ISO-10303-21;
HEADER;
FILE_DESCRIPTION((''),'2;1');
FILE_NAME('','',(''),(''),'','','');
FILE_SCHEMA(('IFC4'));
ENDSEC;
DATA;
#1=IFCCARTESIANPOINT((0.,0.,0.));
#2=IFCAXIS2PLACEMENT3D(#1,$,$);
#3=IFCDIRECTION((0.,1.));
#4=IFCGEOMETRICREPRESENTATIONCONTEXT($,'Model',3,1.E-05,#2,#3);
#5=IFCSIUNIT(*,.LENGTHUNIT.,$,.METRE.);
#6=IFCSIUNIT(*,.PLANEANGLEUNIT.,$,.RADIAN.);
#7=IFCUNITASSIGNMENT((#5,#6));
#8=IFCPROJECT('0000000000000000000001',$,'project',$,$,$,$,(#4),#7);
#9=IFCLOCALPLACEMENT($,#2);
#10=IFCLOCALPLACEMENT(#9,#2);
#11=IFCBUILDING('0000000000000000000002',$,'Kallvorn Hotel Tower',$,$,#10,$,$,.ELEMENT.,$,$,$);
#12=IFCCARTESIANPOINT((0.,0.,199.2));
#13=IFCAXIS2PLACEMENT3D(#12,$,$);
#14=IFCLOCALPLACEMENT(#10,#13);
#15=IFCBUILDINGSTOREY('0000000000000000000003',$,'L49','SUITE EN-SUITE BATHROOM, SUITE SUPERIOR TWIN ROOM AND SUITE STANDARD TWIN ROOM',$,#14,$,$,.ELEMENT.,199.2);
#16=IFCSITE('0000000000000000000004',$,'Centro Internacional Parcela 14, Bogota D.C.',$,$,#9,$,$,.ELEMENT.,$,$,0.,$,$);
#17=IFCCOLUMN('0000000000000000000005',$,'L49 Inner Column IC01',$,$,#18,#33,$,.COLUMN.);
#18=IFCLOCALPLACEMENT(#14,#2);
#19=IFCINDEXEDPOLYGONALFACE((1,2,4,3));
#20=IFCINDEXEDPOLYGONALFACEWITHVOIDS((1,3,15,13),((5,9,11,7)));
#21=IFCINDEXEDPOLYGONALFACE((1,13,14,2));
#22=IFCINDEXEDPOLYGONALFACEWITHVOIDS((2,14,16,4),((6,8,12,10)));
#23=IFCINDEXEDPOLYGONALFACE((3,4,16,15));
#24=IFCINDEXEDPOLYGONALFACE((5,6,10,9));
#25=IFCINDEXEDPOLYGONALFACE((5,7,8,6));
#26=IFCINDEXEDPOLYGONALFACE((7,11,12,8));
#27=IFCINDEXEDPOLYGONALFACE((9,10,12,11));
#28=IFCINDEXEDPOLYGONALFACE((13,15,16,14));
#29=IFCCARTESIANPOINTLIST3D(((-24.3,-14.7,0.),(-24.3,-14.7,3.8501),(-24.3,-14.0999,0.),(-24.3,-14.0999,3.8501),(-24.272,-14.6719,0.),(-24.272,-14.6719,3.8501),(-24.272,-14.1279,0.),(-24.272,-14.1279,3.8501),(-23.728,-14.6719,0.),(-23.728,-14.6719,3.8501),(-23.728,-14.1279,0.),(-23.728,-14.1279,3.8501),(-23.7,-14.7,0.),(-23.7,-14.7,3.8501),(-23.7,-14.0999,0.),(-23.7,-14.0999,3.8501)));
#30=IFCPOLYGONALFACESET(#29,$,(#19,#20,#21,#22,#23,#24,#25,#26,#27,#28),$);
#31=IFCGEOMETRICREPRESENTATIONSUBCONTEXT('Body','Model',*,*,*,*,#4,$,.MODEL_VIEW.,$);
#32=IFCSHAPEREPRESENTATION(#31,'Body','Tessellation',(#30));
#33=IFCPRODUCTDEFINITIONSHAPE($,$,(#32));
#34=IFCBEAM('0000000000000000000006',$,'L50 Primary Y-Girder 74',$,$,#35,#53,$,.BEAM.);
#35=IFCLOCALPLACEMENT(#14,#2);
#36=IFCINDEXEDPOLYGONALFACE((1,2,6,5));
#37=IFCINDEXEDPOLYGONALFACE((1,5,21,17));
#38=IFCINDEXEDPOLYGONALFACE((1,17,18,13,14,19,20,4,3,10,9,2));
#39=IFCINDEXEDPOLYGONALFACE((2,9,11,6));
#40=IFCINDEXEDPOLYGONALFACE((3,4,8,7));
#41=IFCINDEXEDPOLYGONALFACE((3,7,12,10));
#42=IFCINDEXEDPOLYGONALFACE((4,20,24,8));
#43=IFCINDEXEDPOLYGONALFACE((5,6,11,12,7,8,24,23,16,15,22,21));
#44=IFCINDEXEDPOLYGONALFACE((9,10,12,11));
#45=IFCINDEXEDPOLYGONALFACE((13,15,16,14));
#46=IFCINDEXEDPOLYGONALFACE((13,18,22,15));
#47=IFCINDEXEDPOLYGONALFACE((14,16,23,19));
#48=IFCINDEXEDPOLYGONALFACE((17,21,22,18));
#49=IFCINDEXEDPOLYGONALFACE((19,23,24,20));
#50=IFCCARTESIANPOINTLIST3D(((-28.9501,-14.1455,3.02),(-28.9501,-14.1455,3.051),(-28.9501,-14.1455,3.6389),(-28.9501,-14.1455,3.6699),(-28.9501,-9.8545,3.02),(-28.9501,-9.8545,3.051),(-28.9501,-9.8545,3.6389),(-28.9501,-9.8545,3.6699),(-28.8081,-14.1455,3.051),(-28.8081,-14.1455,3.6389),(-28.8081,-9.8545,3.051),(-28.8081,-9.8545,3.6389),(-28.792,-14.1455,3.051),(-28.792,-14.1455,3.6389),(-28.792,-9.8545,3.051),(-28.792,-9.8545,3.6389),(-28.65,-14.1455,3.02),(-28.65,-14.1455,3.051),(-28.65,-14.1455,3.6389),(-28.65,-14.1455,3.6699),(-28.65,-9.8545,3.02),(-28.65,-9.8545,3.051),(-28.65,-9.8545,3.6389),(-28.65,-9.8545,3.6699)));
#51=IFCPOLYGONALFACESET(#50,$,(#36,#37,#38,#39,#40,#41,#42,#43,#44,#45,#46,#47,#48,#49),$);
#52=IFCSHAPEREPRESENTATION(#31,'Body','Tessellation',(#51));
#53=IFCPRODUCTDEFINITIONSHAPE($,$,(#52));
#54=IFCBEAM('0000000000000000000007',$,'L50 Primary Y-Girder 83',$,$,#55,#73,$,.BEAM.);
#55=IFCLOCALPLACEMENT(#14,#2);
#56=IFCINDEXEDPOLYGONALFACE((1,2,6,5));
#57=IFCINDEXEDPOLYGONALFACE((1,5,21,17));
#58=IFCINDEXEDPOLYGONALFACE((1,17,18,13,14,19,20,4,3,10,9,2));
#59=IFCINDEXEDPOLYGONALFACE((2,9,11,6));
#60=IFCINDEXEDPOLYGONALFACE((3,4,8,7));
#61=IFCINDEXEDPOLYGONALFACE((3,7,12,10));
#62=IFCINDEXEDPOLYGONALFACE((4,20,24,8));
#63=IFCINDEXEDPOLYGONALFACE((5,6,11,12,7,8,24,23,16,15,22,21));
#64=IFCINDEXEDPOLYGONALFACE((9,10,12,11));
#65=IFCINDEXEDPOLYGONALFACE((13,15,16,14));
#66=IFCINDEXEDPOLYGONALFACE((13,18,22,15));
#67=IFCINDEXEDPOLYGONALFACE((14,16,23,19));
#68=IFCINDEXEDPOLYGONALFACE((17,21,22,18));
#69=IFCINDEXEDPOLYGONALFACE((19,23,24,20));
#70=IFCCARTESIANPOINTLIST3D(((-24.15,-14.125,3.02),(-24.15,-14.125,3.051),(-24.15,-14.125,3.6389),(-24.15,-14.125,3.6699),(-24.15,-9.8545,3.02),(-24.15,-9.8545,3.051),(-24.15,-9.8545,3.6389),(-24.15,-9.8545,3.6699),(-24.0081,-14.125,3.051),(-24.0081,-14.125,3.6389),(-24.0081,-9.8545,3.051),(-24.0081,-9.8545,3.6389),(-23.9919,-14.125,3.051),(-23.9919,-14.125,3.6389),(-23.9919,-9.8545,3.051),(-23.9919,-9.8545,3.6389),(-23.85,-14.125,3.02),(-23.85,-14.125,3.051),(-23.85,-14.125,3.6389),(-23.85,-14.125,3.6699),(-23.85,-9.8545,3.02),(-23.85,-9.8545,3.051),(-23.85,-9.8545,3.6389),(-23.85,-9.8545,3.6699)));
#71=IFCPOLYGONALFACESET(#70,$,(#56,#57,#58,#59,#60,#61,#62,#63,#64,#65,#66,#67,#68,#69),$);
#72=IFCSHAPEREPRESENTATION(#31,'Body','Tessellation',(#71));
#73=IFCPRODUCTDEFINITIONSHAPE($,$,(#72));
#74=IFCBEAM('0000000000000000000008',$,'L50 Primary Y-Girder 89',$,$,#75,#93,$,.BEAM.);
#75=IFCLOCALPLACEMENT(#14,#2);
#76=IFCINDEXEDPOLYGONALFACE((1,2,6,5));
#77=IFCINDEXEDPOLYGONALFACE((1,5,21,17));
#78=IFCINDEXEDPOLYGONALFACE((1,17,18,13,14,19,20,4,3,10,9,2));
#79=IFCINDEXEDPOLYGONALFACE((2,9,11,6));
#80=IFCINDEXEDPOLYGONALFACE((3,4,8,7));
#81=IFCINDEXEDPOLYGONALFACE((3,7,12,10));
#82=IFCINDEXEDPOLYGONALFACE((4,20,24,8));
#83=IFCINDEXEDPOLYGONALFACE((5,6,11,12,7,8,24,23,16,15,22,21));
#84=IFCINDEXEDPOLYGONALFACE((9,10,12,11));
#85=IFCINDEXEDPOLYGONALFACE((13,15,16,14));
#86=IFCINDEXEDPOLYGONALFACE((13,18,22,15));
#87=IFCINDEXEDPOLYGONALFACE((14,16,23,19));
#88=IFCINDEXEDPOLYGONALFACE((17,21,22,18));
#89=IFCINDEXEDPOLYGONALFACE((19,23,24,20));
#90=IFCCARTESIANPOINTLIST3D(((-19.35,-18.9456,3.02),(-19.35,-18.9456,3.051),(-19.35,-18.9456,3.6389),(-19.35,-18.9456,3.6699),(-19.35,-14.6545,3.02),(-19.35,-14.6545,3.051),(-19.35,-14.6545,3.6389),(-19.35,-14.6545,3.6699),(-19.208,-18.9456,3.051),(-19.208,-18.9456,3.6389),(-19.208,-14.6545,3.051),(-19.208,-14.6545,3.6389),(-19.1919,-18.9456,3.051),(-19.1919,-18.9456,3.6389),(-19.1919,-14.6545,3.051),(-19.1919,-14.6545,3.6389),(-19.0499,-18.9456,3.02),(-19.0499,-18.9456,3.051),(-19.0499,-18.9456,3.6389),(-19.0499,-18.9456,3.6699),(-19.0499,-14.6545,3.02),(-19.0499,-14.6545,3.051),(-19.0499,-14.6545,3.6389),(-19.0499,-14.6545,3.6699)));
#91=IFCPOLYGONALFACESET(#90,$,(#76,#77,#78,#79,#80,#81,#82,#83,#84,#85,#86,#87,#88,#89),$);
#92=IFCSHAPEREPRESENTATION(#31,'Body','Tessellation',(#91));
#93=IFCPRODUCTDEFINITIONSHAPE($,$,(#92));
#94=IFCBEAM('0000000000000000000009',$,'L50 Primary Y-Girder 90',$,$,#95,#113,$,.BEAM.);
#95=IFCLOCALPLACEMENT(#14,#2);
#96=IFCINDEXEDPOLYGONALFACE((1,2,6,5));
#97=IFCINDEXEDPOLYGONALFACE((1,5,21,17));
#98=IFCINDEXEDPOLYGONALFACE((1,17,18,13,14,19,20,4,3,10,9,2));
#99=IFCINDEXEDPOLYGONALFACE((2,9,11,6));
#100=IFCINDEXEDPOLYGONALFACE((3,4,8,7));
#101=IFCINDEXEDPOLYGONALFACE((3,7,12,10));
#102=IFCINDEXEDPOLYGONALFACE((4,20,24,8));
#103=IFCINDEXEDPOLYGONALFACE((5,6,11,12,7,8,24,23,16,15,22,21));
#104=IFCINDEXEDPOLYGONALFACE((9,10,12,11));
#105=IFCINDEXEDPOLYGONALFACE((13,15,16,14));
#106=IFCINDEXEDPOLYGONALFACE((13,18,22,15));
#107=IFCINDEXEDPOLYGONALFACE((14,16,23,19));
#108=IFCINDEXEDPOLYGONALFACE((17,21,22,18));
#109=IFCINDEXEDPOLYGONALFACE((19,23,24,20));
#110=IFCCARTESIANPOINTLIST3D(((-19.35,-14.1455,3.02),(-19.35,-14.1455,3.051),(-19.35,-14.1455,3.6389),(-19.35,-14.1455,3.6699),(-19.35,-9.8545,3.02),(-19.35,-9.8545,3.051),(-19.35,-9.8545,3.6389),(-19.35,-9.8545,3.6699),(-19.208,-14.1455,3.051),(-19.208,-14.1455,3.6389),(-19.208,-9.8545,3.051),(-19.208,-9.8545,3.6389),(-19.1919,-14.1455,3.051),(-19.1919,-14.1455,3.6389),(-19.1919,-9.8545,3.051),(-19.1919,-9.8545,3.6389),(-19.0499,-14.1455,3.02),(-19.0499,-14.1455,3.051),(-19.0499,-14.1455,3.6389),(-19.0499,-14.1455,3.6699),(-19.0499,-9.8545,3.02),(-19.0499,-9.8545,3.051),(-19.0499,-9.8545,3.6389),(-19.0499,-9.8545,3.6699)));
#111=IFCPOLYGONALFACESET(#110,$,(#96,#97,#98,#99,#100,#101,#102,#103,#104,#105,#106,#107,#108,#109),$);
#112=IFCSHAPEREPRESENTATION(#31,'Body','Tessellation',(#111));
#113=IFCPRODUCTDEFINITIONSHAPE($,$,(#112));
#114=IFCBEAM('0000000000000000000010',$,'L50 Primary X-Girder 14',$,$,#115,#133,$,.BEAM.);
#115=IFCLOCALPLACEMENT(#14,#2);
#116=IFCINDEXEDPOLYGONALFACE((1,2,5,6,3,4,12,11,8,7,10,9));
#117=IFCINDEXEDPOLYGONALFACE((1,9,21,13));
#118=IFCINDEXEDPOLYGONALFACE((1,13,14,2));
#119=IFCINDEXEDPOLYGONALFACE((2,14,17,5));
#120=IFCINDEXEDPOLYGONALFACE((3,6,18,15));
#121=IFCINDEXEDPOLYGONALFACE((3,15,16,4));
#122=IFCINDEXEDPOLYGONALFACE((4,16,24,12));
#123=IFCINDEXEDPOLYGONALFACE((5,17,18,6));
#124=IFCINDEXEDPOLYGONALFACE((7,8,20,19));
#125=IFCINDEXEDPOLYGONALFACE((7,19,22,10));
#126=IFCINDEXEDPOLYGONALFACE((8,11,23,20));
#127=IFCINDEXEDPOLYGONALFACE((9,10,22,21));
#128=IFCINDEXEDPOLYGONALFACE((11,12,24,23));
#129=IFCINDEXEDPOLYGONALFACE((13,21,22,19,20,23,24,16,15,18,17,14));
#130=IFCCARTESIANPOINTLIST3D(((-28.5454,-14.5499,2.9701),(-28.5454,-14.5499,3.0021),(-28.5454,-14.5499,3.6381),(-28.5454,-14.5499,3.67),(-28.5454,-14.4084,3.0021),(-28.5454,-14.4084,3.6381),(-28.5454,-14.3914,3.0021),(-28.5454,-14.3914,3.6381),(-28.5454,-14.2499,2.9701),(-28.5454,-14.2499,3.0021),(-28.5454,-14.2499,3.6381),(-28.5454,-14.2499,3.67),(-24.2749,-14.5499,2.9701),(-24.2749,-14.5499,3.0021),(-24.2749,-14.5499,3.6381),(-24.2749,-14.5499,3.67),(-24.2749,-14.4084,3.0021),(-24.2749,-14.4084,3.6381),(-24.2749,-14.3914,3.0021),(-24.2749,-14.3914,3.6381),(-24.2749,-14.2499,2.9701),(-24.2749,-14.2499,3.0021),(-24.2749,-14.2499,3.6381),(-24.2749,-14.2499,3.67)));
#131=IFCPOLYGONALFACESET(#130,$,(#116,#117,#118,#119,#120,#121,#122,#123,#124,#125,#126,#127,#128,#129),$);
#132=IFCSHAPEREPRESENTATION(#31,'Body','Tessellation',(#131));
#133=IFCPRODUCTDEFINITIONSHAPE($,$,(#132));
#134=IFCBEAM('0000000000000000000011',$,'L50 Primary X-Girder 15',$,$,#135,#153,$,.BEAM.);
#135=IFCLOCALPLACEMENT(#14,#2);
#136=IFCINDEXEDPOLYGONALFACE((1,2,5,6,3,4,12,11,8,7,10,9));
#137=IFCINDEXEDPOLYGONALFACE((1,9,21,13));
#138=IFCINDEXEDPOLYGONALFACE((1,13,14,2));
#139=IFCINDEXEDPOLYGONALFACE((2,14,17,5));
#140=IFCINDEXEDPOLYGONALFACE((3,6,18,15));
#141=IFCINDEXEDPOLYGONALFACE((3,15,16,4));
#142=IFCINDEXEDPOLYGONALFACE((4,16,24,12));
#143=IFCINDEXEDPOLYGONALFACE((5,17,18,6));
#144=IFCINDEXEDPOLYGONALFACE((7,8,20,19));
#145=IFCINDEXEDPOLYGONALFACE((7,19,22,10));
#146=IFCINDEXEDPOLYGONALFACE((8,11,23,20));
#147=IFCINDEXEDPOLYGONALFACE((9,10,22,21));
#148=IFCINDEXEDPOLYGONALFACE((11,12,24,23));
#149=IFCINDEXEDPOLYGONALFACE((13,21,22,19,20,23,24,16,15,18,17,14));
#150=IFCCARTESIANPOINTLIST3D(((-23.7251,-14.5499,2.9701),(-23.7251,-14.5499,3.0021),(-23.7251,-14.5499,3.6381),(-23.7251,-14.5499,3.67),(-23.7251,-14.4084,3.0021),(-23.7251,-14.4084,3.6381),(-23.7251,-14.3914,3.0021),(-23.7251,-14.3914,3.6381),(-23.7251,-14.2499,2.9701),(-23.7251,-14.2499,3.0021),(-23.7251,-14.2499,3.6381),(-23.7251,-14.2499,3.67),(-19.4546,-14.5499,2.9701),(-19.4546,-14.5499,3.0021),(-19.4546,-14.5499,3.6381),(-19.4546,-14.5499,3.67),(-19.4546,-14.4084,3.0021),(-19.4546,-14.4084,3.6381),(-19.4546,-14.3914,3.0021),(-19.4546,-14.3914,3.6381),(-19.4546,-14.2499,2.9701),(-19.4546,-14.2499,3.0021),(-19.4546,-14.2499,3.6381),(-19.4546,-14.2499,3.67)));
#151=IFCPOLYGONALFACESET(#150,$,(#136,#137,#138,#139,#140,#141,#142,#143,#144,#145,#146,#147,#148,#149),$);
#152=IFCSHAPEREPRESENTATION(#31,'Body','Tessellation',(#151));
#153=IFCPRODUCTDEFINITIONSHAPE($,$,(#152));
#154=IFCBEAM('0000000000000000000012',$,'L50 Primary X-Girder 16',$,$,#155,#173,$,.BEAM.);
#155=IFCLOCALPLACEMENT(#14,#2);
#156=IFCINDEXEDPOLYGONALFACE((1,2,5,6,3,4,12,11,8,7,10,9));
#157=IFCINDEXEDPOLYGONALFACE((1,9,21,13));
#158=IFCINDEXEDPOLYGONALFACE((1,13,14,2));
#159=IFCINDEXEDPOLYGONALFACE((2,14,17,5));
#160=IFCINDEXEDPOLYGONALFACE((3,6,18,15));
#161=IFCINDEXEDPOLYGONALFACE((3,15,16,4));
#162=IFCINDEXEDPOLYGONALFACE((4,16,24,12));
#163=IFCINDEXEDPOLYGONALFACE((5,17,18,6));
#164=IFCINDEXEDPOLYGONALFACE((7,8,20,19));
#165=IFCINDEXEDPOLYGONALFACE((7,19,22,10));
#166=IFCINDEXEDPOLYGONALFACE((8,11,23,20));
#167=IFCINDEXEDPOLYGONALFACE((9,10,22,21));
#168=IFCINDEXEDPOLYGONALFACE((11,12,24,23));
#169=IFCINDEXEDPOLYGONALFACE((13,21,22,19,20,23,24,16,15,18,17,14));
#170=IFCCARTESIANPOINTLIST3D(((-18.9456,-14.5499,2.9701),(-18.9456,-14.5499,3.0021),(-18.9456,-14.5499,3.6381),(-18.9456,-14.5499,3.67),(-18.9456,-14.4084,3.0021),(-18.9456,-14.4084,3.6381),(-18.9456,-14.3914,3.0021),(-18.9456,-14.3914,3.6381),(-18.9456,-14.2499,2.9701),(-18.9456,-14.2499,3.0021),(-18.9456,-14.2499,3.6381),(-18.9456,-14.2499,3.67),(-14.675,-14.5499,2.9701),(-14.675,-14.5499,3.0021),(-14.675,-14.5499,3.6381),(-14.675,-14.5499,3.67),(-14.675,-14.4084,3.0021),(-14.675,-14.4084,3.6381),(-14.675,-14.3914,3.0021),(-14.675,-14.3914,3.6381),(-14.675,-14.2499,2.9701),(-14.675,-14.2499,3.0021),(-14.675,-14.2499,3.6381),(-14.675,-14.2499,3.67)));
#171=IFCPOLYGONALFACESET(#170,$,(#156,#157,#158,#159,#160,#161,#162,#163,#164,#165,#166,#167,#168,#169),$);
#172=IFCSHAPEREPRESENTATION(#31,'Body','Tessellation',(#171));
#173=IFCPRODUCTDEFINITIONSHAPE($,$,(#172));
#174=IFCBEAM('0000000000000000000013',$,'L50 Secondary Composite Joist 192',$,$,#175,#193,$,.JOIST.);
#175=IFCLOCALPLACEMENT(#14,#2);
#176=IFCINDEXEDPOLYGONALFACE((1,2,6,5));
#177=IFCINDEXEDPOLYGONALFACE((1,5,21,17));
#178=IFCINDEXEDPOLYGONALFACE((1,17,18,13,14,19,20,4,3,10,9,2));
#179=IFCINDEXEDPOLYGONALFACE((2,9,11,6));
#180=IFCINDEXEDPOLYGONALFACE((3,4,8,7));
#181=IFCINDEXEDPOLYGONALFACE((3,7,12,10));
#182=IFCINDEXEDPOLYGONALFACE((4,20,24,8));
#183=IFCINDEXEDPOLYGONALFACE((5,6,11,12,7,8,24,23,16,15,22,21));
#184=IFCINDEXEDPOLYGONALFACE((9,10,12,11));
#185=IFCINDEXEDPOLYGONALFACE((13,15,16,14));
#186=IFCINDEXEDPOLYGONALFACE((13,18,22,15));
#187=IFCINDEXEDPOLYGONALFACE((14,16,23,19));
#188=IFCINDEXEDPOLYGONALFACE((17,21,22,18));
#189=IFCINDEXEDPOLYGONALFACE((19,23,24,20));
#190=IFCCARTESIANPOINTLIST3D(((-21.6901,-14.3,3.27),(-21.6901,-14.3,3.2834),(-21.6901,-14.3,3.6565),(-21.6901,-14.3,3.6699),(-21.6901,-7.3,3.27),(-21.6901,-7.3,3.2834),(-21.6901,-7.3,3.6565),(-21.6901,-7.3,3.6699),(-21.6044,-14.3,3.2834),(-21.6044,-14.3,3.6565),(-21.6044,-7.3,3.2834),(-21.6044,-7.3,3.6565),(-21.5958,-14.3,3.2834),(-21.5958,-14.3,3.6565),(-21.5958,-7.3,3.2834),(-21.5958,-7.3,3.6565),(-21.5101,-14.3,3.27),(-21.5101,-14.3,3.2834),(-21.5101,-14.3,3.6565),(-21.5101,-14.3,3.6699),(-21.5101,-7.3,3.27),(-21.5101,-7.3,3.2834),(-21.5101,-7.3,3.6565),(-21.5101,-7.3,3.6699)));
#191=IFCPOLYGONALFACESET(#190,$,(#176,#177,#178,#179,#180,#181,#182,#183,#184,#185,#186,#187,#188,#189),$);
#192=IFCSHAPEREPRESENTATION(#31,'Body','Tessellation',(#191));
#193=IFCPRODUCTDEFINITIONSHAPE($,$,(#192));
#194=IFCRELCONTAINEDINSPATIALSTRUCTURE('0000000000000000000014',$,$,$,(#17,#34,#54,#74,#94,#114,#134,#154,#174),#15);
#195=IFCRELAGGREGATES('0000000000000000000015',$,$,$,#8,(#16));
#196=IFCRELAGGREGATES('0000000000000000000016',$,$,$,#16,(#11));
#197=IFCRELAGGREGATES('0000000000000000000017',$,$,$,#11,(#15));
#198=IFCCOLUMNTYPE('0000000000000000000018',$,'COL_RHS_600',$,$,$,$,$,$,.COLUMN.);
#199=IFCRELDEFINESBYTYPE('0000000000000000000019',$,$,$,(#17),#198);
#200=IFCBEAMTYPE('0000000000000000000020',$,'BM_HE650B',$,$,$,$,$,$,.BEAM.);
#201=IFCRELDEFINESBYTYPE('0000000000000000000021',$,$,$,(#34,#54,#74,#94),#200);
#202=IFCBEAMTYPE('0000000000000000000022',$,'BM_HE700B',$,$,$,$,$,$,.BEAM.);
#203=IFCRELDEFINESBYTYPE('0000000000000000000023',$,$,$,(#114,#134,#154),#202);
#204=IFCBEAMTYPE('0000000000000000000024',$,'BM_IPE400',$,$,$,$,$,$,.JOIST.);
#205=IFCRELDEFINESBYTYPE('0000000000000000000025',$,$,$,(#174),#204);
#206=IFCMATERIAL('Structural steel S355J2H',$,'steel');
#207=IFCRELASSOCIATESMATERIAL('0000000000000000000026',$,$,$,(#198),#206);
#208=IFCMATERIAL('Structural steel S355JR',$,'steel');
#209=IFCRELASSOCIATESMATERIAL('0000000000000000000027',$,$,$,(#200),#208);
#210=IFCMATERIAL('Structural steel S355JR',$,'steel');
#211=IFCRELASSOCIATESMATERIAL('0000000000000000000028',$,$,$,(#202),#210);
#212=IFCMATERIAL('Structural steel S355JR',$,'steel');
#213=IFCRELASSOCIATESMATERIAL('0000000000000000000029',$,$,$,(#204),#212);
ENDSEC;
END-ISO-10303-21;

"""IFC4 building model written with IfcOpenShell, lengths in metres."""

from ifc_helpers import new_model, si_unit, direction, frame, origin, origin_2d, place, context, subcontext, project, spatial, hollow_rectangle, i_section, extrude, material, material_profile, profile_set, type_object, element, save


model = new_model("IFC4")

# Units and contexts
model_context = context("Model", 3, precision=1e-05, world=origin(), true_north=direction((0.0, 1.0)))
body_context = subcontext(model_context, "Body", "Model", "MODEL_VIEW")
ifc_project = project(units=[si_unit("LENGTHUNIT", "METRE"), si_unit("PLANEANGLEUNIT", "RADIAN")], contexts=[model_context])

# Site, building, storey
site_placement = place(None, origin())
site = spatial("IfcSite", under=ifc_project, at=site_placement, Name="Centro Internacional Parcela 14, Bogota D.C.", CompositionType="ELEMENT", RefElevation=0.0)
building_placement = place(site_placement, origin())
building = spatial("IfcBuilding", under=site, at=building_placement, Name="Kallvorn Hotel Tower", CompositionType="ELEMENT")
storey_placement = place(building_placement, frame((0.0, 0.0, 199.2)))
storey = spatial("IfcBuildingStorey", under=building, at=storey_placement, Name="L49", Description="SUITE EN-SUITE BATHROOM, SUITE SUPERIOR TWIN ROOM AND SUITE STANDARD TWIN ROOM", CompositionType="ELEMENT", Elevation=199.2)

# Column
ifc_material_1 = material(Name="Structural steel S355J2H", Category="steel")
ifc_material_profile_1 = material_profile(ifc_material_1, hollow_rectangle(XDim=0.6001, YDim=0.6001, WallThickness=0.0281, at=origin_2d()), Name="RHS 600x600x28")
ifc_profile_set_1 = profile_set([ifc_material_profile_1], Name="Structural steel S355J2H")
column_type_1 = type_object("IfcColumnType", Name="COL_RHS_600", PredefinedType="COLUMN", material=ifc_profile_set_1)
column_placement = place(storey_placement, frame((-24.0, -14.3999, 0.0), z_axis=(0.0, 0.0, 1.0), x_axis=(1.0, 0.0, 0.0)))
element("IfcColumn", 1, at=column_placement, inside=storey, type_object=column_type_1, Name="L49 Inner Column IC01", PredefinedType="COLUMN", context=body_context, shape_type="SweptSolid", body=[
    extrude(hollow_rectangle(XDim=0.6001, YDim=0.6001, WallThickness=0.0281, at=origin_2d()), origin(), (0.0, 0.0, 1.0), 3.8501),
])

# Beams
ifc_material_2 = material(Name="Structural steel S355JR", Category="steel")
ifc_material_profile_2 = material_profile(ifc_material_2, i_section(OverallWidth=0.3, OverallDepth=0.6499, WebThickness=0.0161, FlangeThickness=0.031, at=origin_2d()), Name="HE 650 B")
ifc_profile_set_2 = profile_set([ifc_material_profile_2], Name="Structural steel S355JR")
beam_type_1 = type_object("IfcBeamType", Name="BM_HE650B", PredefinedType="BEAM", material=ifc_profile_set_2)
beam_1_placement = place(storey_placement, frame((-28.8, -14.1455, 3.345), z_axis=(0.0, 1.0, 0.0), x_axis=(-1.0, 0.0, 0.0)))
element("IfcBeam", 2, at=beam_1_placement, inside=storey, type_object=beam_type_1, Name="L50 Primary Y-Girder 74", PredefinedType="BEAM", context=body_context, shape_type="SweptSolid", body=[
    extrude(i_section(OverallWidth=0.3, OverallDepth=0.6499, WebThickness=0.0161, FlangeThickness=0.031, at=origin_2d()), origin(), (0.0, 0.0, 1.0), 4.291),
])
beam_2_placement = place(storey_placement, frame((-24.0, -14.125, 3.345), z_axis=(0.0, 1.0, 0.0), x_axis=(-1.0, 0.0, 0.0)))
element("IfcBeam", 3, at=beam_2_placement, inside=storey, type_object=beam_type_1, Name="L50 Primary Y-Girder 83", PredefinedType="BEAM", context=body_context, shape_type="SweptSolid", body=[
    extrude(i_section(OverallWidth=0.3, OverallDepth=0.6499, WebThickness=0.0161, FlangeThickness=0.031, at=origin_2d()), origin(), (0.0, 0.0, 1.0), 4.2705),
])
for number, where, z_axis, x_axis, name in (
    (4, (-19.2, -18.9456, 3.345), (0.0, 1.0, 0.0), (-1.0, 0.0, 0.0), "L50 Primary Y-Girder 89"),
    (5, (-19.2, -14.1455, 3.345), (0.0, 1.0, 0.0), (-1.0, 0.0, 0.0), "L50 Primary Y-Girder 90"),
):
    element("IfcBeam", number, at=place(storey_placement, frame(where, z_axis=z_axis, x_axis=x_axis)), inside=storey, type_object=beam_type_1, Name=name, PredefinedType="BEAM", context=body_context, shape_type="SweptSolid", body=[
        extrude(i_section(OverallWidth=0.3, OverallDepth=0.6499, WebThickness=0.0161, FlangeThickness=0.031, at=origin_2d()), origin(), (0.0, 0.0, 1.0), 4.291),
    ])
ifc_material_3 = material(Name="Structural steel S355JR", Category="steel")
ifc_material_profile_3 = material_profile(ifc_material_3, i_section(OverallWidth=0.3, OverallDepth=0.7, WebThickness=0.0171, FlangeThickness=0.032, at=origin_2d()), Name="HE 700 B")
ifc_profile_set_3 = profile_set([ifc_material_profile_3], Name="Structural steel S355JR")
beam_type_2 = type_object("IfcBeamType", Name="BM_HE700B", PredefinedType="BEAM", material=ifc_profile_set_3)
for number, where, z_axis, x_axis, name in (
    (6, (-28.5454, -14.3999, 3.3201), (1.0, 0.0, 0.0), (0.0, 1.0, 0.0), "L50 Primary X-Girder 14"),
    (7, (-23.7251, -14.3999, 3.3201), (1.0, 0.0, 0.0), (0.0, 1.0, 0.0), "L50 Primary X-Girder 15"),
    (8, (-18.9456, -14.3999, 3.3201), (1.0, 0.0, 0.0), (0.0, 1.0, 0.0), "L50 Primary X-Girder 16"),
):
    element("IfcBeam", number, at=place(storey_placement, frame(where, z_axis=z_axis, x_axis=x_axis)), inside=storey, type_object=beam_type_2, Name=name, PredefinedType="BEAM", context=body_context, shape_type="SweptSolid", body=[
        extrude(i_section(OverallWidth=0.3, OverallDepth=0.7, WebThickness=0.0171, FlangeThickness=0.032, at=origin_2d()), origin(), (0.0, 0.0, 1.0), 4.2705),
    ])
ifc_material_4 = material(Name="Structural steel S355JR", Category="steel")
ifc_material_profile_4 = material_profile(ifc_material_4, i_section(OverallWidth=0.1799, OverallDepth=0.3999, WebThickness=0.0085, FlangeThickness=0.0134, at=origin_2d()), Name="IPE 400")
ifc_profile_set_4 = profile_set([ifc_material_profile_4], Name="Structural steel S355JR")
beam_type_3 = type_object("IfcBeamType", Name="BM_IPE400", PredefinedType="JOIST", material=ifc_profile_set_4)
for number, where, z_axis, x_axis, name in (
    (9, (-21.6001, -14.3, 3.47), (0.0, 1.0, 0.0), (-1.0, 0.0, 0.0), "L50 Secondary Composite Joist 192"),
):
    element("IfcBeam", number, at=place(storey_placement, frame(where, z_axis=z_axis, x_axis=x_axis)), inside=storey, type_object=beam_type_3, Name=name, PredefinedType="JOIST", context=body_context, shape_type="SweptSolid", body=[
        extrude(i_section(OverallWidth=0.1799, OverallDepth=0.3999, WebThickness=0.0085, FlangeThickness=0.0134, at=origin_2d()), origin(), (0.0, 0.0, 1.0), 7.0),
    ])

save(model, "model.ifc")
